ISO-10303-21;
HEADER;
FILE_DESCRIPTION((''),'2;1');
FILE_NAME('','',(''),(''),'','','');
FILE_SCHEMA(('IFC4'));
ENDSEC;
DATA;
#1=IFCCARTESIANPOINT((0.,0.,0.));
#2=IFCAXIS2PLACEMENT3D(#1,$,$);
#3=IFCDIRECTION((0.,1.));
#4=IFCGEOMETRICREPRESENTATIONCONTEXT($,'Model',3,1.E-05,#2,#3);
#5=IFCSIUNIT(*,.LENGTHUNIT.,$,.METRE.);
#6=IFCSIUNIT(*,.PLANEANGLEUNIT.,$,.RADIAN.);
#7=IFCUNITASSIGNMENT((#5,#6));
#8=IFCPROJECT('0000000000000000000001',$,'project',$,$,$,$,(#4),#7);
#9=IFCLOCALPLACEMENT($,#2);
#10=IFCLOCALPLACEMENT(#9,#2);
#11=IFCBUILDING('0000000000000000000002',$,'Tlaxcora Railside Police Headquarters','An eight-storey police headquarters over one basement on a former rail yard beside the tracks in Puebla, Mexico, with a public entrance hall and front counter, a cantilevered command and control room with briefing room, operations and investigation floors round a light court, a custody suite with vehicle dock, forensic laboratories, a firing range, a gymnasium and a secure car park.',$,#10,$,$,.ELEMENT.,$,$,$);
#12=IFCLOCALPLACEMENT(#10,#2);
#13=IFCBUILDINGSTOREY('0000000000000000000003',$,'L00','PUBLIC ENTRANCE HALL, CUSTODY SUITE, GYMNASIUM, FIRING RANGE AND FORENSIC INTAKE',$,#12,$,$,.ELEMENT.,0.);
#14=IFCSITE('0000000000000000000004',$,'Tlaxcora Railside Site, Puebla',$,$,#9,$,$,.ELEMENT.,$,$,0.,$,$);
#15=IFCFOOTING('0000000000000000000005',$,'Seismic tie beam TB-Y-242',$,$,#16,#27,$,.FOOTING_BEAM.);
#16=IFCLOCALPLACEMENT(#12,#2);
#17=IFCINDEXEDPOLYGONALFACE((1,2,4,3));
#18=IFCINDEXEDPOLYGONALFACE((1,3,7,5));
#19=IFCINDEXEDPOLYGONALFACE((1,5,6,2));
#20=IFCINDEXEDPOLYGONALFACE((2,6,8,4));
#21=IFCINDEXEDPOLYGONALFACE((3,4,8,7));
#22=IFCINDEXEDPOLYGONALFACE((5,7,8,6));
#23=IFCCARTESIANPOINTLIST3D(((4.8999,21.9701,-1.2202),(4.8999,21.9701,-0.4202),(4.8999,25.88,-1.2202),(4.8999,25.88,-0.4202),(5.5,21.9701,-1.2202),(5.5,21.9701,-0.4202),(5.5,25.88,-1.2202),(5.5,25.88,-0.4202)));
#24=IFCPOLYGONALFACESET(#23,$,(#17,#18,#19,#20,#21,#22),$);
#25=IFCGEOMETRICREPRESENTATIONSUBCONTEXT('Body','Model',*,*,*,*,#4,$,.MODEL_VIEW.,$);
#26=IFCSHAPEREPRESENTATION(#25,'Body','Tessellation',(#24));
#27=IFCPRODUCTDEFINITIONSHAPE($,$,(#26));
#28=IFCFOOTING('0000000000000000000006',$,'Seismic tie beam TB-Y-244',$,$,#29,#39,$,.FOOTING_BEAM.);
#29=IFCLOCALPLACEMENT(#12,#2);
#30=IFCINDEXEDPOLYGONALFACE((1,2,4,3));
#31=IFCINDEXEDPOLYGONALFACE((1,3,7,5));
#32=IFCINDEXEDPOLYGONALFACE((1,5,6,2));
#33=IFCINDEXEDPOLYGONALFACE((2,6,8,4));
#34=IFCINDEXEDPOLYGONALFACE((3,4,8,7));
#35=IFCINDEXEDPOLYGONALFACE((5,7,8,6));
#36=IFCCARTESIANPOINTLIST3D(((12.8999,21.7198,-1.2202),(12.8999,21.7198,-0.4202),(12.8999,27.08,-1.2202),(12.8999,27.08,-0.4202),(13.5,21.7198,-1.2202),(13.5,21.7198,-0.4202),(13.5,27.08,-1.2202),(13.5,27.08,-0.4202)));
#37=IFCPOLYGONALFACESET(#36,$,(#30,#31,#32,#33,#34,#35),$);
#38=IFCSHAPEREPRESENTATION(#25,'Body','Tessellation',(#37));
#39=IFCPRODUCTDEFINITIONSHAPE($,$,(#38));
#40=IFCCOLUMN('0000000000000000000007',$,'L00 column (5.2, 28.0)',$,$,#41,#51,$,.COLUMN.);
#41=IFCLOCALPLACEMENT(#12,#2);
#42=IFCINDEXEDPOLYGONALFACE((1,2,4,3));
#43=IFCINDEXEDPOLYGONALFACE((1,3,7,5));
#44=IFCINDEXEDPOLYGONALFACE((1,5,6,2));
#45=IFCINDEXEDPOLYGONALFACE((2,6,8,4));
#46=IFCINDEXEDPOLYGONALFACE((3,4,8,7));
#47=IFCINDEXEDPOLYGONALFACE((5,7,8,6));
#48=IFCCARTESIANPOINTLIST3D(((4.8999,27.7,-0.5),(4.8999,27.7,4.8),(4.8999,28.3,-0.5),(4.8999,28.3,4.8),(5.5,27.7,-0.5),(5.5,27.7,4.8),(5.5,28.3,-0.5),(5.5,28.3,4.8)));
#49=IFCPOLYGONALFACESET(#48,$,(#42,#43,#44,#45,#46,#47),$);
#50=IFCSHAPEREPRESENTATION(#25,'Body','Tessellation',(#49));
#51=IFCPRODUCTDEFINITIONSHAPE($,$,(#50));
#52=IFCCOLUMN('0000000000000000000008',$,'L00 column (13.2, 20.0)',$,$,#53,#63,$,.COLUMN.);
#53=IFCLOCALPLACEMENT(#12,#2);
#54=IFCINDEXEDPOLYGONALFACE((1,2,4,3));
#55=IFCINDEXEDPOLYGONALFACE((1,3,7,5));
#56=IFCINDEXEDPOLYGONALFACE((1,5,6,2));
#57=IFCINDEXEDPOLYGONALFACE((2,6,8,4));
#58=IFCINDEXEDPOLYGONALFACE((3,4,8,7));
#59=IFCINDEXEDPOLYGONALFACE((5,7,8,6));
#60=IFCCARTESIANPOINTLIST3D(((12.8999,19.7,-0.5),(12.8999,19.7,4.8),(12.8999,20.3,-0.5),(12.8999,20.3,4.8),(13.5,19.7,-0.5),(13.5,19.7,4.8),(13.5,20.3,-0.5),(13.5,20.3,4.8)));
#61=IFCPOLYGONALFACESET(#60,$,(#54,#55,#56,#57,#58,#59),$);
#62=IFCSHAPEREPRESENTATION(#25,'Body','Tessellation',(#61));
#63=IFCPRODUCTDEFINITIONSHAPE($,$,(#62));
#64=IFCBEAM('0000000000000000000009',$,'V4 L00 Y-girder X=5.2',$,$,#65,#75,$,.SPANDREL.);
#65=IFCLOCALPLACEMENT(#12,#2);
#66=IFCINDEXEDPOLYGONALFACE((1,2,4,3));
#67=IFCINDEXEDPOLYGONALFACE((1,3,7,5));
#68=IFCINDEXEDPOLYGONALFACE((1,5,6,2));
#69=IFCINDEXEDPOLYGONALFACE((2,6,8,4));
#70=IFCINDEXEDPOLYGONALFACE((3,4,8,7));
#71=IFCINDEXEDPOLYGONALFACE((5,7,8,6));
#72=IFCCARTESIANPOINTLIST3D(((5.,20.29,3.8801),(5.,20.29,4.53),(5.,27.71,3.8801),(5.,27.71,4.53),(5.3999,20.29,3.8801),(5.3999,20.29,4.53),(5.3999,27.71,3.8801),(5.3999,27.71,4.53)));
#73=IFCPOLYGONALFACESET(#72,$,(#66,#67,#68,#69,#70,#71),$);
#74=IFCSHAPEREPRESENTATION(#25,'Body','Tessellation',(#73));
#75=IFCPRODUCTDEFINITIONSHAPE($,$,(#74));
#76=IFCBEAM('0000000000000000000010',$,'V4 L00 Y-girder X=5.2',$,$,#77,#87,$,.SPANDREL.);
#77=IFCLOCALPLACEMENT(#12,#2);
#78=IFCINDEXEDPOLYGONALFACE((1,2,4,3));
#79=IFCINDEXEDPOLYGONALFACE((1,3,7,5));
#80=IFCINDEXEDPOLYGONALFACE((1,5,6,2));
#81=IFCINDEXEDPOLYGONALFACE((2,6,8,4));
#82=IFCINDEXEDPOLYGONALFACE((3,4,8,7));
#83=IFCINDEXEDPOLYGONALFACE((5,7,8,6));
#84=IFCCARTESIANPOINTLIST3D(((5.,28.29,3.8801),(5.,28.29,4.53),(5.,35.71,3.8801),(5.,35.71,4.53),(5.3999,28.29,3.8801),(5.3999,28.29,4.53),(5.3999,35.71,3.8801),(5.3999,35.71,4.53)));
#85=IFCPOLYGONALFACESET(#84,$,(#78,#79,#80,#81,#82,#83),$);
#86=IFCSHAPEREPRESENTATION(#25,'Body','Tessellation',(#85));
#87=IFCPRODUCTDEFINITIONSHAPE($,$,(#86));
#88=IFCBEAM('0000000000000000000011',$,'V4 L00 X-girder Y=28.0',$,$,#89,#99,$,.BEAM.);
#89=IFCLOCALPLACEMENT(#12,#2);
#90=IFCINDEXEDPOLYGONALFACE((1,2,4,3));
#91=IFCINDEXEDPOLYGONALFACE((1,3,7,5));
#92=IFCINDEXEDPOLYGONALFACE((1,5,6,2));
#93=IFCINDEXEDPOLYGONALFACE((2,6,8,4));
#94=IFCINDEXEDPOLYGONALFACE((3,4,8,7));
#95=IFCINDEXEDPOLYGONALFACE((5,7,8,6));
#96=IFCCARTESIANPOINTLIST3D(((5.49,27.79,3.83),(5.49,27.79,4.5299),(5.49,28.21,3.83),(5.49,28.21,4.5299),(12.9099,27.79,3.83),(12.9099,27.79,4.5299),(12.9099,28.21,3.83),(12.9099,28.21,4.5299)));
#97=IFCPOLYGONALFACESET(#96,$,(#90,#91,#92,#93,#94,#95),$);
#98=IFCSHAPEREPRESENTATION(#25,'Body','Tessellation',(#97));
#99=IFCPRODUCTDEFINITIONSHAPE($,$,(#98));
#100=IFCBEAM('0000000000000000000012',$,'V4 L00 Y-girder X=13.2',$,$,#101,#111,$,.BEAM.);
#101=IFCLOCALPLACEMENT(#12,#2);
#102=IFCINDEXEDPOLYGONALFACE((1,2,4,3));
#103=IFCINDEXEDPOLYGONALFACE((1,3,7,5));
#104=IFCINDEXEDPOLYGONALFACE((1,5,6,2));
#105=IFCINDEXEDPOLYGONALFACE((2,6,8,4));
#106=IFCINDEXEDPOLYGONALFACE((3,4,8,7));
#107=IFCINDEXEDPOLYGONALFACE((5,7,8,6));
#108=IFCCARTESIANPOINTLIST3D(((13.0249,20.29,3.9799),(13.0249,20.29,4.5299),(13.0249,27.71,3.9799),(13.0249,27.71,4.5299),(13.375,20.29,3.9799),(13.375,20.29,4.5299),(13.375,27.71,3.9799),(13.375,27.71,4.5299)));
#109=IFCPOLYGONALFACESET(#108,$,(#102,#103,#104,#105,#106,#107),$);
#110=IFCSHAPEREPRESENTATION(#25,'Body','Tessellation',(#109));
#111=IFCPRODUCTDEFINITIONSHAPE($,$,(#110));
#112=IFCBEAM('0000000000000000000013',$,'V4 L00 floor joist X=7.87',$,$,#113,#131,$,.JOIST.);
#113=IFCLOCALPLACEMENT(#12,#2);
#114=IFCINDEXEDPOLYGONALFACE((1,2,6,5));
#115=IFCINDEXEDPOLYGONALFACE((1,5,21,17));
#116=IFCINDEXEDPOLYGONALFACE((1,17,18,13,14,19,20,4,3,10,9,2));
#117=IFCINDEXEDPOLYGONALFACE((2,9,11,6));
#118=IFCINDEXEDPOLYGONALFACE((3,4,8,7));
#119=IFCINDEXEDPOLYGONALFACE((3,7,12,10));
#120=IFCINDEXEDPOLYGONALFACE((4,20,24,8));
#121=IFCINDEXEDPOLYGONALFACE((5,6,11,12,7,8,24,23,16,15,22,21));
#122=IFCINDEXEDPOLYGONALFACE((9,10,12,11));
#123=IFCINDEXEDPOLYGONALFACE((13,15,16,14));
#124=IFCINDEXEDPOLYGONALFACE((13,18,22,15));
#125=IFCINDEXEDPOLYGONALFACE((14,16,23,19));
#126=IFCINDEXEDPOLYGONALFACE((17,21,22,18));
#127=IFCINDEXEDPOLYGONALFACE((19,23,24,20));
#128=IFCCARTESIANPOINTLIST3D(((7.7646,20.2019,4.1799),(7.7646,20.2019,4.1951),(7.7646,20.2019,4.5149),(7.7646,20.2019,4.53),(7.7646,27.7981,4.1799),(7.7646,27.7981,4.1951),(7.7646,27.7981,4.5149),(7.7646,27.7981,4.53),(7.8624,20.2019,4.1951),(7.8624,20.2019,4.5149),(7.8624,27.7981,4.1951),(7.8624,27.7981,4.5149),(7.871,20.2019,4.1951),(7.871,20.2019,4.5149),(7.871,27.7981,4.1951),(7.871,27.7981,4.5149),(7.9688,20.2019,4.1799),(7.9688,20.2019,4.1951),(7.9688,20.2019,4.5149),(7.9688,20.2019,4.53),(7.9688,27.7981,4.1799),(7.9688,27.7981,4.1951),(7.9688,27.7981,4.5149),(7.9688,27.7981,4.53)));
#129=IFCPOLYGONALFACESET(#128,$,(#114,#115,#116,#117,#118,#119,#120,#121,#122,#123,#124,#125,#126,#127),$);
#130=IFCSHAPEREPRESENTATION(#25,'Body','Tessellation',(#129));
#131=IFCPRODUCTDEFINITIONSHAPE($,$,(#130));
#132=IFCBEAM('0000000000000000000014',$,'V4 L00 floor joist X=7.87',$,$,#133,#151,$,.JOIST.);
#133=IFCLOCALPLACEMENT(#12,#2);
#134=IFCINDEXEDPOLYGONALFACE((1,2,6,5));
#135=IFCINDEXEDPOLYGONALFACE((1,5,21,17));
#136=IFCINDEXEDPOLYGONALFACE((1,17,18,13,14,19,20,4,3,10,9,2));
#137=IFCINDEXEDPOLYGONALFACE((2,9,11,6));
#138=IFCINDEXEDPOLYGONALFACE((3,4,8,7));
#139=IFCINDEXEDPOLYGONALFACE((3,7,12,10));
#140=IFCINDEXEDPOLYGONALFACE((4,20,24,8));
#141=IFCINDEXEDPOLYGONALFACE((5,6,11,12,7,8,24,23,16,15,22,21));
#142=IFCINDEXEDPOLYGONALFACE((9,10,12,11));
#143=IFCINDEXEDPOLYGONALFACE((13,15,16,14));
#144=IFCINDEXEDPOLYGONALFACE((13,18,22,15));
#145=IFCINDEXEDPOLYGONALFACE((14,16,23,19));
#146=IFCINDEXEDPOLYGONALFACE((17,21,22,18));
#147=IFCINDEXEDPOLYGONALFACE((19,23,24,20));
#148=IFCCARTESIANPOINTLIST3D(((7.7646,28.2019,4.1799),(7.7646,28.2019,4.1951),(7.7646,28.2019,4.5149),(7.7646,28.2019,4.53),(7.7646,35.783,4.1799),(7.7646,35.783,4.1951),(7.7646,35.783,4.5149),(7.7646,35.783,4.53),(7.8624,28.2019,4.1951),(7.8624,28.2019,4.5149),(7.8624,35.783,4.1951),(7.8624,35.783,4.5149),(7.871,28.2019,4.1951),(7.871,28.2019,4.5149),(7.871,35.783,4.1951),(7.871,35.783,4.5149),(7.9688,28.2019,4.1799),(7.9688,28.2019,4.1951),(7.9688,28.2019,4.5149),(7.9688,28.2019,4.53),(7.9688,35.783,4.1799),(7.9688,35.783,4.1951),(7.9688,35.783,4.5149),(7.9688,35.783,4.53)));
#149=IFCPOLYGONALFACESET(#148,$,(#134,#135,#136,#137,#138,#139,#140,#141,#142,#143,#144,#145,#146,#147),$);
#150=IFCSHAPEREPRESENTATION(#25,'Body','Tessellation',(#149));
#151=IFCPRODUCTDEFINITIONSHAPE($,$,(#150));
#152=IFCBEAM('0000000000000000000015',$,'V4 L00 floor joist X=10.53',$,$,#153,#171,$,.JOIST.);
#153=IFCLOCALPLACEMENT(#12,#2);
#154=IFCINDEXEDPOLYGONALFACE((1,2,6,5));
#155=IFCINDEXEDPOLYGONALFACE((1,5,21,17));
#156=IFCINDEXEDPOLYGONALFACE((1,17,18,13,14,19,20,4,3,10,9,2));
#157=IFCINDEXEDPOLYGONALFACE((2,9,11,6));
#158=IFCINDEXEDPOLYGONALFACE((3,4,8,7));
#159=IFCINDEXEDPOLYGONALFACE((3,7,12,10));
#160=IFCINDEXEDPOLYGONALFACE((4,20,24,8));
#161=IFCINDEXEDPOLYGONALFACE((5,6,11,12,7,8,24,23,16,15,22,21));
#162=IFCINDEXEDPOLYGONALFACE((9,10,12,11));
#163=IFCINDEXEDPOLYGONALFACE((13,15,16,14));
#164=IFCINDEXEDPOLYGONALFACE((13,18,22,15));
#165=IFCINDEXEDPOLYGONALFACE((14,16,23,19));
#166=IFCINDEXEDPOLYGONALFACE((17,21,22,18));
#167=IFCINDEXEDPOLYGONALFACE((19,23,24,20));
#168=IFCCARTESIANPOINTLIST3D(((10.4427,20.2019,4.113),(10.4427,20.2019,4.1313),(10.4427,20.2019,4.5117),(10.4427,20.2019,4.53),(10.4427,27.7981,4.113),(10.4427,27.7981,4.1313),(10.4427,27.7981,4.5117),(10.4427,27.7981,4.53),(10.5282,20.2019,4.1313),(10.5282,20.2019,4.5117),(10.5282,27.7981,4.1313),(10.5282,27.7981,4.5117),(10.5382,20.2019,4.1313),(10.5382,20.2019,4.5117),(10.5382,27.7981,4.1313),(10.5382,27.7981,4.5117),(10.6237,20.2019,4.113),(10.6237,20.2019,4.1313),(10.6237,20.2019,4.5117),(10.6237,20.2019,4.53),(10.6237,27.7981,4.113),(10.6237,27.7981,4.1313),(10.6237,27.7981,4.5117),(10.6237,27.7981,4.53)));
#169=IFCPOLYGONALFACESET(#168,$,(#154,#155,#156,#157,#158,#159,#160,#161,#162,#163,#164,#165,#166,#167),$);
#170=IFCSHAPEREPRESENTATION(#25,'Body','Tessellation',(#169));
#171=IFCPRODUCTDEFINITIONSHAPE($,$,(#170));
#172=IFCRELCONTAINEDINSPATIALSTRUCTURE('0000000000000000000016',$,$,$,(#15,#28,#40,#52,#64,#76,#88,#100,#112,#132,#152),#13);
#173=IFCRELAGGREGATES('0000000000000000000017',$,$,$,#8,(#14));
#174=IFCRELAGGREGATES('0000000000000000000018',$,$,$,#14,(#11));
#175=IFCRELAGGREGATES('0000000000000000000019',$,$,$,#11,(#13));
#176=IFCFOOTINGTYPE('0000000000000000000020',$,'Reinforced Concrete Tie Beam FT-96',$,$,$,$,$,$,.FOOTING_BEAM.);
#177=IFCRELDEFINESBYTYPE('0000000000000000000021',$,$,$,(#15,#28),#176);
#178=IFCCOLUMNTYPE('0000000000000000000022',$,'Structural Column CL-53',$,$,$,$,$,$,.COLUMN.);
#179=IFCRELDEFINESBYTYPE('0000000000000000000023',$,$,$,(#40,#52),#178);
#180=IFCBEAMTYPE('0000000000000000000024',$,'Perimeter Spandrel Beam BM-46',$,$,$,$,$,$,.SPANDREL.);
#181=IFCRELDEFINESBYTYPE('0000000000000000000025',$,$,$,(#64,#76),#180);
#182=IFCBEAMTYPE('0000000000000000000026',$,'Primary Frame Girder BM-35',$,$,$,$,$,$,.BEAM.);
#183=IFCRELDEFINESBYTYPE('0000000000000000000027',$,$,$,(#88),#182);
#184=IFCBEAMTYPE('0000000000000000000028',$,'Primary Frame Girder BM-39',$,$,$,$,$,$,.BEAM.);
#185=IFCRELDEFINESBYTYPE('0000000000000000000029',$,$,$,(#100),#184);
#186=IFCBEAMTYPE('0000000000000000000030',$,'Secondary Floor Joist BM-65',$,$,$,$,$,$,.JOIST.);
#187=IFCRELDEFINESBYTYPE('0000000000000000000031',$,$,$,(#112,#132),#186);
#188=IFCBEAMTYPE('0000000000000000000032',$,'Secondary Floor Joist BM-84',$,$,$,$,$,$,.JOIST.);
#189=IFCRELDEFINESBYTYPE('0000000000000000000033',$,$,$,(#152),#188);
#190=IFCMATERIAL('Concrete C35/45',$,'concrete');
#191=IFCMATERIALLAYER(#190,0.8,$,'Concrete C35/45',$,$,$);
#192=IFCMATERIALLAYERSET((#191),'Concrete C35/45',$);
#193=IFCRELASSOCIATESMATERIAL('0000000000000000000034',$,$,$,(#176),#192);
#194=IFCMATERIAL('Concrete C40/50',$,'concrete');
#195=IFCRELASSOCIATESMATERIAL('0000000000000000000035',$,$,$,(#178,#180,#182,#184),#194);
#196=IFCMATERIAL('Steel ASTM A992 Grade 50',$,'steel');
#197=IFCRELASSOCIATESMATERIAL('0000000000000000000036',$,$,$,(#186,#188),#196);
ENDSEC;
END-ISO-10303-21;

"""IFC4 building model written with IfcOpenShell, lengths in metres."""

from ifc_helpers import new_model, si_unit, direction, frame, origin, origin_2d, place, context, subcontext, project, spatial, rectangle, i_section, extrude, material, layer, layer_set, material_profile, profile_set, type_object, element, save


model = new_model("IFC4")

# Units and contexts
model_context = context("Model", 3, precision=1e-05, world=origin(), true_north=direction((0.0, 1.0)))
body_context = subcontext(model_context, "Body", "Model", "MODEL_VIEW")
ifc_project = project(units=[si_unit("LENGTHUNIT", "METRE"), si_unit("PLANEANGLEUNIT", "RADIAN")], contexts=[model_context])

# Site, building, storey
site_placement = place(None, origin())
site = spatial("IfcSite", under=ifc_project, at=site_placement, Name="Tlaxcora Railside Site, Puebla", CompositionType="ELEMENT", RefElevation=0.0)
building_placement = place(site_placement, origin())
building = spatial("IfcBuilding", under=site, at=building_placement, Name="Tlaxcora Railside Police Headquarters", Description="An eight-storey police headquarters over one basement on a former rail yard beside the tracks in Puebla, Mexico, with a public entrance hall and front counter, a cantilevered command and control room with briefing room, operations and investigation floors round a light court, a custody suite with vehicle dock, forensic laboratories, a firing range, a gymnasium and a secure car park.", CompositionType="ELEMENT")
storey_placement = place(building_placement, origin())
storey = spatial("IfcBuildingStorey", under=building, at=storey_placement, Name="L00", Description="PUBLIC ENTRANCE HALL, CUSTODY SUITE, GYMNASIUM, FIRING RANGE AND FORENSIC INTAKE", CompositionType="ELEMENT", Elevation=0.0)

# Shared definitions
ifc_material_1 = material(Name="Concrete C35/45", Category="concrete")

# Footings
ifc_material_2 = material(Name="Concrete C40/50", Category="concrete")
ifc_layer_1 = layer(ifc_material_1, 0.8, Name="Concrete C35/45")
ifc_layer_set_1 = layer_set([ifc_layer_1], Name="Concrete C35/45")
footing_type_1 = type_object("IfcFootingType", Name="Reinforced Concrete Tie Beam FT-96", PredefinedType="FOOTING_BEAM", material=ifc_layer_set_1)
footing_1_placement = place(storey_placement, frame((5.2, 23.925, -1.2202), z_axis=(0.0, 0.0, 1.0), x_axis=(0.0, 1.0, 0.0)))
element("IfcFooting", 1, at=footing_1_placement, inside=storey, type_object=footing_type_1, Name="Seismic tie beam TB-Y-242", PredefinedType="FOOTING_BEAM", context=body_context, shape_type="SweptSolid", body=[
    extrude(rectangle(XDim=3.9099, YDim=0.6001, at=origin_2d()), origin(), (0.0, 0.0, 1.0), 0.8),
])
footing_2_placement = place(storey_placement, frame((13.2, 24.3999, -1.2202), z_axis=(0.0, 0.0, 1.0), x_axis=(0.0, 1.0, 0.0)))
element("IfcFooting", 2, at=footing_2_placement, inside=storey, type_object=footing_type_1, Name="Seismic tie beam TB-Y-244", PredefinedType="FOOTING_BEAM", context=body_context, shape_type="SweptSolid", body=[
    extrude(rectangle(XDim=5.3601, YDim=0.6001, at=origin_2d()), origin(), (0.0, 0.0, 1.0), 0.8),
])

# Columns
ifc_material_profile_1 = material_profile(ifc_material_2, rectangle(XDim=0.6001, YDim=0.6001, at=origin_2d()), Name="RC600X600")
ifc_profile_set_1 = profile_set([ifc_material_profile_1], Name="Concrete C40/50")
column_type = type_object("IfcColumnType", Name="Structural Column CL-53", PredefinedType="COLUMN", material=ifc_profile_set_1)
for number, where, z_axis, x_axis, name in (
    (3, (5.2, 28.0, -0.5), (0.0, 0.0, 1.0), (1.0, 0.0, 0.0), "L00 column (5.2, 28.0)"),
    (4, (13.2, 20.0, -0.5), (0.0, 0.0, 1.0), (1.0, 0.0, 0.0), "L00 column (13.2, 20.0)"),
):
    element("IfcColumn", number, at=place(storey_placement, frame(where, z_axis=z_axis, x_axis=x_axis)), inside=storey, type_object=column_type, Name=name, PredefinedType="COLUMN", context=body_context, shape_type="SweptSolid", body=[
        extrude(rectangle(XDim=0.6001, YDim=0.6001, at=origin_2d()), origin(), (0.0, 0.0, 1.0), 5.3),
    ])

# Beams
ifc_material_profile_2 = material_profile(ifc_material_2, rectangle(XDim=0.3999, YDim=0.6499, at=origin_2d()), Name="RC400X650")
ifc_profile_set_2 = profile_set([ifc_material_profile_2], Name="Concrete C40/50")
beam_type_1 = type_object("IfcBeamType", Name="Perimeter Spandrel Beam BM-46", PredefinedType="SPANDREL", material=ifc_profile_set_2)
for number, where, z_axis, x_axis, name in (
    (5, (5.2, 20.29, 4.2051), (0.0, 1.0, 0.0), (-1.0, 0.0, 0.0), "V4 L00 Y-girder X=5.2"),
    (6, (5.2, 28.29, 4.2051), (0.0, 1.0, 0.0), (-1.0, 0.0, 0.0), "V4 L00 Y-girder X=5.2"),
):
    element("IfcBeam", number, at=place(storey_placement, frame(where, z_axis=z_axis, x_axis=x_axis)), inside=storey, type_object=beam_type_1, Name=name, PredefinedType="SPANDREL", context=body_context, shape_type="SweptSolid", body=[
        extrude(rectangle(XDim=0.3999, YDim=0.6499, at=origin_2d()), origin(), (0.0, 0.0, 1.0), 7.4199),
    ])
ifc_material_profile_3 = material_profile(ifc_material_2, rectangle(XDim=0.4199, YDim=0.7, at=origin_2d()), Name="RC420X700")
ifc_profile_set_3 = profile_set([ifc_material_profile_3], Name="Concrete C40/50")
beam_type_2 = type_object("IfcBeamType", Name="Primary Frame Girder BM-35", PredefinedType="BEAM", material=ifc_profile_set_3)
beam_1_placement = place(storey_placement, frame((5.49, 28.0, 4.1799), z_axis=(1.0, 0.0, 0.0), x_axis=(0.0, 1.0, 0.0)))
element("IfcBeam", 7, at=beam_1_placement, inside=storey, type_object=beam_type_2, Name="V4 L00 X-girder Y=28.0", PredefinedType="BEAM", context=body_context, shape_type="SweptSolid", body=[
    extrude(rectangle(XDim=0.4199, YDim=0.7, at=origin_2d()), origin(), (0.0, 0.0, 1.0), 7.4199),
])
ifc_material_profile_4 = material_profile(ifc_material_2, rectangle(XDim=0.3501, YDim=0.55, at=origin_2d()), Name="RC350X550")
ifc_profile_set_4 = profile_set([ifc_material_profile_4], Name="Concrete C40/50")
beam_type_3 = type_object("IfcBeamType", Name="Primary Frame Girder BM-39", PredefinedType="BEAM", material=ifc_profile_set_4)
beam_2_placement = place(storey_placement, frame((13.2, 20.29, 4.2549), z_axis=(0.0, 1.0, 0.0), x_axis=(-1.0, 0.0, 0.0)))
element("IfcBeam", 8, at=beam_2_placement, inside=storey, type_object=beam_type_3, Name="V4 L00 Y-girder X=13.2", PredefinedType="BEAM", context=body_context, shape_type="SweptSolid", body=[
    extrude(rectangle(XDim=0.3501, YDim=0.55, at=origin_2d()), origin(), (0.0, 0.0, 1.0), 7.4199),
])
ifc_material_3 = material(Name="Steel ASTM A992 Grade 50", Category="steel")
ifc_material_profile_5 = material_profile(ifc_material_3, i_section(OverallWidth=0.2041, OverallDepth=0.3501, WebThickness=0.0085, FlangeThickness=0.0151, at=origin_2d()), Name="W14X48")
ifc_profile_set_5 = profile_set([ifc_material_profile_5], Name="Steel ASTM A992 Grade 50")
beam_type_4 = type_object("IfcBeamType", Name="Secondary Floor Joist BM-65", PredefinedType="JOIST", material=ifc_profile_set_5)
beam_3_placement = place(storey_placement, frame((7.8667, 20.2019, 4.355), z_axis=(0.0, 1.0, 0.0), x_axis=(-1.0, 0.0, 0.0)))
element("IfcBeam", 9, at=beam_3_placement, inside=storey, type_object=beam_type_4, Name="V4 L00 floor joist X=7.87", PredefinedType="JOIST", context=body_context, shape_type="SweptSolid", body=[
    extrude(i_section(OverallWidth=0.2041, OverallDepth=0.3501, WebThickness=0.0085, FlangeThickness=0.0151, at=origin_2d()), origin(), (0.0, 0.0, 1.0), 7.5962),
])
beam_4_placement = place(storey_placement, frame((7.8667, 28.2019, 4.355), z_axis=(0.0, 1.0, 0.0), x_axis=(-1.0, 0.0, 0.0)))
element("IfcBeam", 10, at=beam_4_placement, inside=storey, type_object=beam_type_4, Name="V4 L00 floor joist X=7.87", PredefinedType="JOIST", context=body_context, shape_type="SweptSolid", body=[
    extrude(i_section(OverallWidth=0.2041, OverallDepth=0.3501, WebThickness=0.0085, FlangeThickness=0.0151, at=origin_2d()), origin(), (0.0, 0.0, 1.0), 7.5811),
])
ifc_material_profile_6 = material_profile(ifc_material_3, i_section(OverallWidth=0.1809, OverallDepth=0.417, WebThickness=0.01, FlangeThickness=0.0183, at=origin_2d()), Name="W16X57")
ifc_profile_set_6 = profile_set([ifc_material_profile_6], Name="Steel ASTM A992 Grade 50")
beam_type_5 = type_object("IfcBeamType", Name="Secondary Floor Joist BM-84", PredefinedType="JOIST", material=ifc_profile_set_6)
beam_5_placement = place(storey_placement, frame((10.5332, 20.2019, 4.3215), z_axis=(0.0, 1.0, 0.0), x_axis=(-1.0, 0.0, 0.0)))
element("IfcBeam", 11, at=beam_5_placement, inside=storey, type_object=beam_type_5, Name="V4 L00 floor joist X=10.53", PredefinedType="JOIST", context=body_context, shape_type="SweptSolid", body=[
    extrude(i_section(OverallWidth=0.1809, OverallDepth=0.417, WebThickness=0.01, FlangeThickness=0.0183, at=origin_2d()), origin(), (0.0, 0.0, 1.0), 7.5962),
])

save(model, "model.ifc")
